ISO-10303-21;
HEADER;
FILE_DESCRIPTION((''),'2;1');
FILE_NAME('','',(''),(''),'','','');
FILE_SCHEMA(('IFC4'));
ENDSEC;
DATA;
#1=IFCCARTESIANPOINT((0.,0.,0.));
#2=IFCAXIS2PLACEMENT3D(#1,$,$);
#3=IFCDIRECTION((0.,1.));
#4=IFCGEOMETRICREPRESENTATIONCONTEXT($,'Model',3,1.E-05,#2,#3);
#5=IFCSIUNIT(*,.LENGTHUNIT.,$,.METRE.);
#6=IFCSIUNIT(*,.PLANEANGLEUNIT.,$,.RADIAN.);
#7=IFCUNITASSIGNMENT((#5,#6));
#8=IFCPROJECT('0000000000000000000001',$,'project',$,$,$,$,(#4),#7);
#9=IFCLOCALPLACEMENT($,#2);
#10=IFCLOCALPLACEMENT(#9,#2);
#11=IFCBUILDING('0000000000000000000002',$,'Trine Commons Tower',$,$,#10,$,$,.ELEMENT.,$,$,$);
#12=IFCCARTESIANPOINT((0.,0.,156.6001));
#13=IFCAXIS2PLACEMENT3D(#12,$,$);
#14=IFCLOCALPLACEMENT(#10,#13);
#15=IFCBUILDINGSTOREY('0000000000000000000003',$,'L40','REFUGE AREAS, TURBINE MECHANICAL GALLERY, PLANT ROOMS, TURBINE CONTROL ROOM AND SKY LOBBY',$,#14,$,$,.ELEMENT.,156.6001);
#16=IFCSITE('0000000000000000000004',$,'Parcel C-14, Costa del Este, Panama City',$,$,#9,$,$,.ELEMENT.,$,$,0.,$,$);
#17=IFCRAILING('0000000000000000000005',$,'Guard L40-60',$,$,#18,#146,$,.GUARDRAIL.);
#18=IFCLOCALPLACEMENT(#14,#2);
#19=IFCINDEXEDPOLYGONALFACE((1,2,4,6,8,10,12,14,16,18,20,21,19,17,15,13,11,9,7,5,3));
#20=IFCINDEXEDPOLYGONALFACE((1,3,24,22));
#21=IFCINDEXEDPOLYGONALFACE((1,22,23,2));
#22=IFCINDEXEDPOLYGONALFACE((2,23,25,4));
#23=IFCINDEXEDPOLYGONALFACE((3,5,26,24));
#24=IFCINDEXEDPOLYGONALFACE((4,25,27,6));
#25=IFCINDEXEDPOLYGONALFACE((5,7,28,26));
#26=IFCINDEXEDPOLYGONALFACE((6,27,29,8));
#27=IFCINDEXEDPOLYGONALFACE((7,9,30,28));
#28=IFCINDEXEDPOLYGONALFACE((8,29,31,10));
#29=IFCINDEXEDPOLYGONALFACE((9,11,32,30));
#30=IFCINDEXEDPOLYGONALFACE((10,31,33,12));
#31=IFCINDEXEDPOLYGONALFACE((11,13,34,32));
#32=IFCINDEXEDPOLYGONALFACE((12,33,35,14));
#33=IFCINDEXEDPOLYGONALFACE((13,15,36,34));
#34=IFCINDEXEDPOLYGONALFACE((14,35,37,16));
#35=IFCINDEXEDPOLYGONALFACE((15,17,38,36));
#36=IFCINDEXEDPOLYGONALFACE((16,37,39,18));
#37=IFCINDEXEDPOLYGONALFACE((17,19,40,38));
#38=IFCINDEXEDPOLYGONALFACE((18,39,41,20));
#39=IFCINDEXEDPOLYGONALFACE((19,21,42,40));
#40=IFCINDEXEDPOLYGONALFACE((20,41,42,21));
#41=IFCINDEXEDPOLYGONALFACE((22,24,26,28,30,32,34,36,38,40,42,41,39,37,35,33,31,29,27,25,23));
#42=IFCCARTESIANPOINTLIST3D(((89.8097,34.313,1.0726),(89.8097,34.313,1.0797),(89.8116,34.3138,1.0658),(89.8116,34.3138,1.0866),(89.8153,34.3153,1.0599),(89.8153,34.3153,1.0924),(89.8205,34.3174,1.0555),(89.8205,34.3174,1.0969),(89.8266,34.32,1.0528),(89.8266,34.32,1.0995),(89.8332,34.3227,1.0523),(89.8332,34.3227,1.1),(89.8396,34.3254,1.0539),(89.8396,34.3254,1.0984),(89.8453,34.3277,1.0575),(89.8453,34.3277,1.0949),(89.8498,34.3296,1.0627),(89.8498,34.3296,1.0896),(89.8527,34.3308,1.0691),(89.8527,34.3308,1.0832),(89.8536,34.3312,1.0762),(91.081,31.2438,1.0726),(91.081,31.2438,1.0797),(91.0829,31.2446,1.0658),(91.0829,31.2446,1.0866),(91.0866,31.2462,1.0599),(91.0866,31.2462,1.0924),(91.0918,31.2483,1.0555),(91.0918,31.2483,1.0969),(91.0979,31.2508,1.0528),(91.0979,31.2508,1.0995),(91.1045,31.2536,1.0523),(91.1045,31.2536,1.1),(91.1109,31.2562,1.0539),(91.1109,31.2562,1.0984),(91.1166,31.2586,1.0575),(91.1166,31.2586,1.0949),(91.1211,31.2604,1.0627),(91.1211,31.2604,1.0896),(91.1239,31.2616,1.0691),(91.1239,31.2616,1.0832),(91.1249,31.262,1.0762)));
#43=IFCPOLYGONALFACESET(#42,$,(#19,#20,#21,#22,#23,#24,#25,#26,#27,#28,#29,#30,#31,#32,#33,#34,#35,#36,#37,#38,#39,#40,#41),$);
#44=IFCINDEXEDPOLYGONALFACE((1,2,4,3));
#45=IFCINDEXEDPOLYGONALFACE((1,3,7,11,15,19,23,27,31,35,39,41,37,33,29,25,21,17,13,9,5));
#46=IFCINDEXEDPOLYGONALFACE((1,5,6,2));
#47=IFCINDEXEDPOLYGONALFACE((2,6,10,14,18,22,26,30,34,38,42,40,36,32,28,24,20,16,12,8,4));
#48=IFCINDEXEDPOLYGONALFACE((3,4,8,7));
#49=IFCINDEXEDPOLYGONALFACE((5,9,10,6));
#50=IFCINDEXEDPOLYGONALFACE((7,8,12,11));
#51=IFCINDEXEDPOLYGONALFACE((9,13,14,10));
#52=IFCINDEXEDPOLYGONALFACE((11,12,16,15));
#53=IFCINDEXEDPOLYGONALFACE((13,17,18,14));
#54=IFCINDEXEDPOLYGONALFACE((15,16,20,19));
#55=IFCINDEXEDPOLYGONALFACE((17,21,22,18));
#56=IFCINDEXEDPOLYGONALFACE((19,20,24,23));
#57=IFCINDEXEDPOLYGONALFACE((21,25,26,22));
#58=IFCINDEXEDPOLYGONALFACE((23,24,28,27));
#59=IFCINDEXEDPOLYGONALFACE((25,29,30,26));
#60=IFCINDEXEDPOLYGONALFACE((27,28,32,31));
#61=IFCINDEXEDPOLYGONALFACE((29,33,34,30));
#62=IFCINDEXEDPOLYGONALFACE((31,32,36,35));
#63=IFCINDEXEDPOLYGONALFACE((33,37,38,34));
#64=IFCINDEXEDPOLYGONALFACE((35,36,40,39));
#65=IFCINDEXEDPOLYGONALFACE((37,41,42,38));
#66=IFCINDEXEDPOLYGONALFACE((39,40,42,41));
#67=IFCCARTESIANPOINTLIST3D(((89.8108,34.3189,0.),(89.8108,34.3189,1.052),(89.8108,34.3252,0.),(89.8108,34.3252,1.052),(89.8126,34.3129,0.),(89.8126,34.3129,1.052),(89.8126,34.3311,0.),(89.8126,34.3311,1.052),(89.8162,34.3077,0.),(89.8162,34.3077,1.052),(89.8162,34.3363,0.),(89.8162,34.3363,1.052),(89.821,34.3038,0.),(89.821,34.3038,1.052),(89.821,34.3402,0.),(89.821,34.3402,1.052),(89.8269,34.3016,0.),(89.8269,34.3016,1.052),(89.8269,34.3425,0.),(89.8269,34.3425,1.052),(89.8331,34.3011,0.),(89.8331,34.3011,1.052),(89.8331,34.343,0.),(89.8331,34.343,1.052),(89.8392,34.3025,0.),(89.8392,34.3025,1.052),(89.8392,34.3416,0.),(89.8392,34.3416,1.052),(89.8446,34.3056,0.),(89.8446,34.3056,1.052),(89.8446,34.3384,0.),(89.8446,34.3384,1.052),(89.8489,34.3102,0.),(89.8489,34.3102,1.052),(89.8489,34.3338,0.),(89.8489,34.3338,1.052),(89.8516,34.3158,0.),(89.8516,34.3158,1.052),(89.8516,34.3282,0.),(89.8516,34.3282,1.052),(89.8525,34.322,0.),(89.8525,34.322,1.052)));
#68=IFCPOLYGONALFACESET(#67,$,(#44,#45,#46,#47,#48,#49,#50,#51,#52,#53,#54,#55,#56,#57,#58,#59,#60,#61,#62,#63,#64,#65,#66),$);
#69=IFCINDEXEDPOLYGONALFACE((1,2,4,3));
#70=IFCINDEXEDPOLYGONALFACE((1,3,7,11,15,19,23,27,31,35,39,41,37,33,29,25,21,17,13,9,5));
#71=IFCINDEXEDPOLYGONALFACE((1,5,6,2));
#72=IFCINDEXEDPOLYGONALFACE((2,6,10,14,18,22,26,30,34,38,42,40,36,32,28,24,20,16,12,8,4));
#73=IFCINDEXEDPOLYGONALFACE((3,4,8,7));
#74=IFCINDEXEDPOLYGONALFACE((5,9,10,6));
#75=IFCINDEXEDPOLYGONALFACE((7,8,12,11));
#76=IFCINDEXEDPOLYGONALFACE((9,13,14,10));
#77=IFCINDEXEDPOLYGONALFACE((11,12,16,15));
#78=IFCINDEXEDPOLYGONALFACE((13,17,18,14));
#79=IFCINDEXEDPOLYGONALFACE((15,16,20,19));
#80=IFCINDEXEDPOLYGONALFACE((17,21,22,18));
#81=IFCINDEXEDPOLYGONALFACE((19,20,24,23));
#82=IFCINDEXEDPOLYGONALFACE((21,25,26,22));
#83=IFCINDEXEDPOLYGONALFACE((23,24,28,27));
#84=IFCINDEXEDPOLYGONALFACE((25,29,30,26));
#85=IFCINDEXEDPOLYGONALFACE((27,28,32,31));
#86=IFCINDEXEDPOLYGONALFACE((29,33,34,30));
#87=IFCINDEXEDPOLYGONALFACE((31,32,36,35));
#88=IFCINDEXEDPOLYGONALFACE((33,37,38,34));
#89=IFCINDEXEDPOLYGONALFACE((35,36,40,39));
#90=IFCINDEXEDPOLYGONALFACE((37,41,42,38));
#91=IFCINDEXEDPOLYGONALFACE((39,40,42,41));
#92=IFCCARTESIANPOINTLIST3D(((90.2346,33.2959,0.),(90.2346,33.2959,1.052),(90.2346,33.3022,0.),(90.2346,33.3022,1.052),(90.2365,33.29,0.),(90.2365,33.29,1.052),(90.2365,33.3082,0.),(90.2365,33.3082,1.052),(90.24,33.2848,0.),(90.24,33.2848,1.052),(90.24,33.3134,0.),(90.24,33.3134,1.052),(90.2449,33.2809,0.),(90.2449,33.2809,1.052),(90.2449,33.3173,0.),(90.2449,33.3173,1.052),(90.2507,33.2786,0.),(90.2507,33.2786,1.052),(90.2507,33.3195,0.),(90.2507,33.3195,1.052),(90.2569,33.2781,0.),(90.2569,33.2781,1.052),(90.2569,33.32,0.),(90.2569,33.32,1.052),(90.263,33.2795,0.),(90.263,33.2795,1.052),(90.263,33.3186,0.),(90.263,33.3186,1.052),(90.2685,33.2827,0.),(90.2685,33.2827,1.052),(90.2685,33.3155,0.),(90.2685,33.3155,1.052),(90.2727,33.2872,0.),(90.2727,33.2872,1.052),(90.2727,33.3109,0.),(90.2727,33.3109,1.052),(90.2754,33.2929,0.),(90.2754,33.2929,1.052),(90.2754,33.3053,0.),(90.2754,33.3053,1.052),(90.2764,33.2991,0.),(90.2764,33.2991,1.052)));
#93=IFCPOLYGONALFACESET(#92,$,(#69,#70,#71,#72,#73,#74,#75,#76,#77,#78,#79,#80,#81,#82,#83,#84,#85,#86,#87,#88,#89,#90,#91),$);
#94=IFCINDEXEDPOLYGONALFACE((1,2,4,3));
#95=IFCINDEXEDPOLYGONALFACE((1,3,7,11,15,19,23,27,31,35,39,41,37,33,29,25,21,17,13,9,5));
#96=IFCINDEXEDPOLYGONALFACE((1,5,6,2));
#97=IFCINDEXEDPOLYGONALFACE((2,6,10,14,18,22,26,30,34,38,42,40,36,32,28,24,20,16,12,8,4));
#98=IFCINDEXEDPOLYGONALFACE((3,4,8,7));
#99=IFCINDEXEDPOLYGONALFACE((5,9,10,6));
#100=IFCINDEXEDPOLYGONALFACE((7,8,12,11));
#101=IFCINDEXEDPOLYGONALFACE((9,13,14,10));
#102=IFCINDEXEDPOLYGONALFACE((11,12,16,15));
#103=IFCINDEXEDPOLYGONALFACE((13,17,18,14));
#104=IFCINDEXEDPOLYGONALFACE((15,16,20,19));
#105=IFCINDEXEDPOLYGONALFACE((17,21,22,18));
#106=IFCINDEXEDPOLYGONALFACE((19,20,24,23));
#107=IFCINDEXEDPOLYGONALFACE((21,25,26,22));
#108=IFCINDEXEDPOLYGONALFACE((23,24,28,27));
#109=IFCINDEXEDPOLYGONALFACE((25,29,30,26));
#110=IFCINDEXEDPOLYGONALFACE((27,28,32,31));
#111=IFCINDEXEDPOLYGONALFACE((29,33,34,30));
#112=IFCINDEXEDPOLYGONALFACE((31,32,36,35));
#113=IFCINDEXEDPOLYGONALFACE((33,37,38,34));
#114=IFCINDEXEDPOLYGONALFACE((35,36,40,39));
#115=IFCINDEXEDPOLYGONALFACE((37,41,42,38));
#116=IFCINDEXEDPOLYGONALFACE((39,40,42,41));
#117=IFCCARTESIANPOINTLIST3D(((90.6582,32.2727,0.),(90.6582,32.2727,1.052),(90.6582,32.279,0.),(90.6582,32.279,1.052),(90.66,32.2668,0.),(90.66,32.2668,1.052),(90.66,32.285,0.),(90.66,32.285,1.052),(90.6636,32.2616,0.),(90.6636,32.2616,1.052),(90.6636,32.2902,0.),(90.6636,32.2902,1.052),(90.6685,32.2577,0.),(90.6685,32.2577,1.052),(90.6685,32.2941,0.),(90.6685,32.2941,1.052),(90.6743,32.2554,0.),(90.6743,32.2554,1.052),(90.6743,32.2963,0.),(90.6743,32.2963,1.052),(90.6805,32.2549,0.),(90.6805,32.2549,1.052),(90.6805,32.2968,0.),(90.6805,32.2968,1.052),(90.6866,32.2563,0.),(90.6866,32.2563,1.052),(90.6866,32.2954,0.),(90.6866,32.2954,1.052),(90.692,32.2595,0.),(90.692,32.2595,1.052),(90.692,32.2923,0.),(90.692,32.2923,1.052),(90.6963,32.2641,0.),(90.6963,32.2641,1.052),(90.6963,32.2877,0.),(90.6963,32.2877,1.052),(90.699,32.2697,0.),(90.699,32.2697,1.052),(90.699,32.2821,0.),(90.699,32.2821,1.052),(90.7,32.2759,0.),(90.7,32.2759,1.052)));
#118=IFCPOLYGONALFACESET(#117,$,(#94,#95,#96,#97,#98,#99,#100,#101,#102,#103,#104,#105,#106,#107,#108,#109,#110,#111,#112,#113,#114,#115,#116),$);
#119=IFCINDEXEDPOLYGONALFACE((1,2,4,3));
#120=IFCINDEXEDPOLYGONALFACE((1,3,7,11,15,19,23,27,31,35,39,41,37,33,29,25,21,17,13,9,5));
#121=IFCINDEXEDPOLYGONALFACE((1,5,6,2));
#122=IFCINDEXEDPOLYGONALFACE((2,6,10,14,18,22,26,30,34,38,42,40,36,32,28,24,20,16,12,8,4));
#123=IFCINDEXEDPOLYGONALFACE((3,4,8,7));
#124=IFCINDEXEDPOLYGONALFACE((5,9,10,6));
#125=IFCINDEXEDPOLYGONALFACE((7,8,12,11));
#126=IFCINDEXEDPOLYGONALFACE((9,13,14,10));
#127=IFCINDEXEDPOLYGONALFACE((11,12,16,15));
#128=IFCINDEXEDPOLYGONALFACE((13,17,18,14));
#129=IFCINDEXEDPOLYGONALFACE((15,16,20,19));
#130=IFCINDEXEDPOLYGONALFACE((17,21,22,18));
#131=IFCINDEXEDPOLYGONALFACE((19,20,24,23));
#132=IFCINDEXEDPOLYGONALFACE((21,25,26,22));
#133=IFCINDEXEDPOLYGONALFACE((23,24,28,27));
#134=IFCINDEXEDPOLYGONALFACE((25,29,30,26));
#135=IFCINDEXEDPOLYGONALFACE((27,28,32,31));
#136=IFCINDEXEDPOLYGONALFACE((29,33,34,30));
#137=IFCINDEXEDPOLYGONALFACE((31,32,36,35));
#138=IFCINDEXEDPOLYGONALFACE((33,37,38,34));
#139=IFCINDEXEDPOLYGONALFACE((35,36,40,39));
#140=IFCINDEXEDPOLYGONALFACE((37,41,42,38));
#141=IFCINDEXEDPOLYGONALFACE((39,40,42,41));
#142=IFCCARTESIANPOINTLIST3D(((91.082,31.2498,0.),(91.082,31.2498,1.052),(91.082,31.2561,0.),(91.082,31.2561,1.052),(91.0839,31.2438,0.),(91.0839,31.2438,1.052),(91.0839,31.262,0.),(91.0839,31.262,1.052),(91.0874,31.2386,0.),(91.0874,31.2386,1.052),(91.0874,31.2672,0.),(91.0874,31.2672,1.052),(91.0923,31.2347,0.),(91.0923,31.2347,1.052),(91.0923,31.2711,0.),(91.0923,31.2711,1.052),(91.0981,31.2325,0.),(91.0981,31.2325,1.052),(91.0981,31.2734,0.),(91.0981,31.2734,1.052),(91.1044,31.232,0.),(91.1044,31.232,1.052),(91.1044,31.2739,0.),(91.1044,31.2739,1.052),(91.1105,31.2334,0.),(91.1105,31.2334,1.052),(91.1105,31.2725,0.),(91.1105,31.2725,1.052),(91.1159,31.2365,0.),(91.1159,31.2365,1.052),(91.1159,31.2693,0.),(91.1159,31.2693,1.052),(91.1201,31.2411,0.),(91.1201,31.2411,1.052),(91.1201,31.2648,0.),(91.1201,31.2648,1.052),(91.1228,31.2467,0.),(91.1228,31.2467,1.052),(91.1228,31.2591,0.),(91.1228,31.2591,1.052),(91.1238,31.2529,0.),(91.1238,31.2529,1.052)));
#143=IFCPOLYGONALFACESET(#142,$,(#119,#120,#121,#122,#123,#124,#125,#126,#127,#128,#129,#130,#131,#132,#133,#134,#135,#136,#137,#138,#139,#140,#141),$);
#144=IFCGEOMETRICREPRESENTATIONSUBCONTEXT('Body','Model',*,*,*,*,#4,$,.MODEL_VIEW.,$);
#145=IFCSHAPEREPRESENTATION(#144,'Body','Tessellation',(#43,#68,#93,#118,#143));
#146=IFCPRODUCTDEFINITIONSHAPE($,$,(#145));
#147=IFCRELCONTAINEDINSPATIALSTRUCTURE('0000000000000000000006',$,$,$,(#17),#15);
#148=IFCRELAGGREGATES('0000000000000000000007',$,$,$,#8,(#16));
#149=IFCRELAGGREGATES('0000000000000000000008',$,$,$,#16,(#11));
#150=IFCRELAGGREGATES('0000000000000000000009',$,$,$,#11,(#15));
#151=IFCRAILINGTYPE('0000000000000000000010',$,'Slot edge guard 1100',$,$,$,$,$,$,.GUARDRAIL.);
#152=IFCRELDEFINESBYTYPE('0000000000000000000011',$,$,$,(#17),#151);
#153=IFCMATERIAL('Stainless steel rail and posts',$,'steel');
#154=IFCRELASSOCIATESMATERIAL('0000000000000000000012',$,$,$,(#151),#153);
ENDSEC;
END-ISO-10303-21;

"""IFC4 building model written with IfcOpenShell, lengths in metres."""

from ifc_helpers import new_model, si_unit, direction, frame, origin, origin_2d, place, context, subcontext, project, spatial, circle, extrude, material, type_object, element, save


model = new_model("IFC4")

# Units and contexts
model_context = context("Model", 3, precision=1e-05, world=origin(), true_north=direction((0.0, 1.0)))
body_context = subcontext(model_context, "Body", "Model", "MODEL_VIEW")
ifc_project = project(units=[si_unit("LENGTHUNIT", "METRE"), si_unit("PLANEANGLEUNIT", "RADIAN")], contexts=[model_context])

# Site, building, storey
site_placement = place(None, origin())
site = spatial("IfcSite", under=ifc_project, at=site_placement, Name="Parcel C-14, Costa del Este, Panama City", CompositionType="ELEMENT", RefElevation=0.0)
building_placement = place(site_placement, origin())
building = spatial("IfcBuilding", under=site, at=building_placement, Name="Trine Commons Tower", CompositionType="ELEMENT")
storey_placement = place(building_placement, frame((0.0, 0.0, 156.6001)))
storey = spatial("IfcBuildingStorey", under=building, at=storey_placement, Name="L40", Description="REFUGE AREAS, TURBINE MECHANICAL GALLERY, PLANT ROOMS, TURBINE CONTROL ROOM AND SKY LOBBY", CompositionType="ELEMENT", Elevation=156.6001)

# Railing
ifc_material_1 = material(Name="Stainless steel rail and posts", Category="steel")
railing_type = type_object("IfcRailingType", Name="Slot edge guard 1100", PredefinedType="GUARDRAIL", material=ifc_material_1)
railing_1_placement = place(storey_placement, frame((89.8315, 34.322, 0.0)))
element("IfcRailing", 1, at=railing_1_placement, inside=storey, type_object=railing_type, Name="Guard L40-60", PredefinedType="GUARDRAIL", context=body_context, shape_type="SweptSolid", body=[
    extrude(circle(Radius=0.0239, at=origin_2d()), frame((0.0, 0.0, 1.0762), z_axis=(0.382678, -0.923882, 0.0), x_axis=(0.923882, 0.382678, 0.0)), (0.0, 0.0, 1.0), 3.322),
    extrude(circle(Radius=0.021, at=origin_2d()), origin(), (0.0, 0.0, 1.0), 1.052),
    extrude(circle(Radius=0.021, at=origin_2d()), frame((0.4238, -1.0229, 0.0)), (0.0, 0.0, 1.0), 1.052),
    extrude(circle(Radius=0.021, at=origin_2d()), frame((0.8474, -2.0461, 0.0)), (0.0, 0.0, 1.0), 1.052),
    extrude(circle(Radius=0.021, at=origin_2d()), frame((1.2712, -3.0691, 0.0)), (0.0, 0.0, 1.0), 1.052),
])

save(model, "model.ifc")
